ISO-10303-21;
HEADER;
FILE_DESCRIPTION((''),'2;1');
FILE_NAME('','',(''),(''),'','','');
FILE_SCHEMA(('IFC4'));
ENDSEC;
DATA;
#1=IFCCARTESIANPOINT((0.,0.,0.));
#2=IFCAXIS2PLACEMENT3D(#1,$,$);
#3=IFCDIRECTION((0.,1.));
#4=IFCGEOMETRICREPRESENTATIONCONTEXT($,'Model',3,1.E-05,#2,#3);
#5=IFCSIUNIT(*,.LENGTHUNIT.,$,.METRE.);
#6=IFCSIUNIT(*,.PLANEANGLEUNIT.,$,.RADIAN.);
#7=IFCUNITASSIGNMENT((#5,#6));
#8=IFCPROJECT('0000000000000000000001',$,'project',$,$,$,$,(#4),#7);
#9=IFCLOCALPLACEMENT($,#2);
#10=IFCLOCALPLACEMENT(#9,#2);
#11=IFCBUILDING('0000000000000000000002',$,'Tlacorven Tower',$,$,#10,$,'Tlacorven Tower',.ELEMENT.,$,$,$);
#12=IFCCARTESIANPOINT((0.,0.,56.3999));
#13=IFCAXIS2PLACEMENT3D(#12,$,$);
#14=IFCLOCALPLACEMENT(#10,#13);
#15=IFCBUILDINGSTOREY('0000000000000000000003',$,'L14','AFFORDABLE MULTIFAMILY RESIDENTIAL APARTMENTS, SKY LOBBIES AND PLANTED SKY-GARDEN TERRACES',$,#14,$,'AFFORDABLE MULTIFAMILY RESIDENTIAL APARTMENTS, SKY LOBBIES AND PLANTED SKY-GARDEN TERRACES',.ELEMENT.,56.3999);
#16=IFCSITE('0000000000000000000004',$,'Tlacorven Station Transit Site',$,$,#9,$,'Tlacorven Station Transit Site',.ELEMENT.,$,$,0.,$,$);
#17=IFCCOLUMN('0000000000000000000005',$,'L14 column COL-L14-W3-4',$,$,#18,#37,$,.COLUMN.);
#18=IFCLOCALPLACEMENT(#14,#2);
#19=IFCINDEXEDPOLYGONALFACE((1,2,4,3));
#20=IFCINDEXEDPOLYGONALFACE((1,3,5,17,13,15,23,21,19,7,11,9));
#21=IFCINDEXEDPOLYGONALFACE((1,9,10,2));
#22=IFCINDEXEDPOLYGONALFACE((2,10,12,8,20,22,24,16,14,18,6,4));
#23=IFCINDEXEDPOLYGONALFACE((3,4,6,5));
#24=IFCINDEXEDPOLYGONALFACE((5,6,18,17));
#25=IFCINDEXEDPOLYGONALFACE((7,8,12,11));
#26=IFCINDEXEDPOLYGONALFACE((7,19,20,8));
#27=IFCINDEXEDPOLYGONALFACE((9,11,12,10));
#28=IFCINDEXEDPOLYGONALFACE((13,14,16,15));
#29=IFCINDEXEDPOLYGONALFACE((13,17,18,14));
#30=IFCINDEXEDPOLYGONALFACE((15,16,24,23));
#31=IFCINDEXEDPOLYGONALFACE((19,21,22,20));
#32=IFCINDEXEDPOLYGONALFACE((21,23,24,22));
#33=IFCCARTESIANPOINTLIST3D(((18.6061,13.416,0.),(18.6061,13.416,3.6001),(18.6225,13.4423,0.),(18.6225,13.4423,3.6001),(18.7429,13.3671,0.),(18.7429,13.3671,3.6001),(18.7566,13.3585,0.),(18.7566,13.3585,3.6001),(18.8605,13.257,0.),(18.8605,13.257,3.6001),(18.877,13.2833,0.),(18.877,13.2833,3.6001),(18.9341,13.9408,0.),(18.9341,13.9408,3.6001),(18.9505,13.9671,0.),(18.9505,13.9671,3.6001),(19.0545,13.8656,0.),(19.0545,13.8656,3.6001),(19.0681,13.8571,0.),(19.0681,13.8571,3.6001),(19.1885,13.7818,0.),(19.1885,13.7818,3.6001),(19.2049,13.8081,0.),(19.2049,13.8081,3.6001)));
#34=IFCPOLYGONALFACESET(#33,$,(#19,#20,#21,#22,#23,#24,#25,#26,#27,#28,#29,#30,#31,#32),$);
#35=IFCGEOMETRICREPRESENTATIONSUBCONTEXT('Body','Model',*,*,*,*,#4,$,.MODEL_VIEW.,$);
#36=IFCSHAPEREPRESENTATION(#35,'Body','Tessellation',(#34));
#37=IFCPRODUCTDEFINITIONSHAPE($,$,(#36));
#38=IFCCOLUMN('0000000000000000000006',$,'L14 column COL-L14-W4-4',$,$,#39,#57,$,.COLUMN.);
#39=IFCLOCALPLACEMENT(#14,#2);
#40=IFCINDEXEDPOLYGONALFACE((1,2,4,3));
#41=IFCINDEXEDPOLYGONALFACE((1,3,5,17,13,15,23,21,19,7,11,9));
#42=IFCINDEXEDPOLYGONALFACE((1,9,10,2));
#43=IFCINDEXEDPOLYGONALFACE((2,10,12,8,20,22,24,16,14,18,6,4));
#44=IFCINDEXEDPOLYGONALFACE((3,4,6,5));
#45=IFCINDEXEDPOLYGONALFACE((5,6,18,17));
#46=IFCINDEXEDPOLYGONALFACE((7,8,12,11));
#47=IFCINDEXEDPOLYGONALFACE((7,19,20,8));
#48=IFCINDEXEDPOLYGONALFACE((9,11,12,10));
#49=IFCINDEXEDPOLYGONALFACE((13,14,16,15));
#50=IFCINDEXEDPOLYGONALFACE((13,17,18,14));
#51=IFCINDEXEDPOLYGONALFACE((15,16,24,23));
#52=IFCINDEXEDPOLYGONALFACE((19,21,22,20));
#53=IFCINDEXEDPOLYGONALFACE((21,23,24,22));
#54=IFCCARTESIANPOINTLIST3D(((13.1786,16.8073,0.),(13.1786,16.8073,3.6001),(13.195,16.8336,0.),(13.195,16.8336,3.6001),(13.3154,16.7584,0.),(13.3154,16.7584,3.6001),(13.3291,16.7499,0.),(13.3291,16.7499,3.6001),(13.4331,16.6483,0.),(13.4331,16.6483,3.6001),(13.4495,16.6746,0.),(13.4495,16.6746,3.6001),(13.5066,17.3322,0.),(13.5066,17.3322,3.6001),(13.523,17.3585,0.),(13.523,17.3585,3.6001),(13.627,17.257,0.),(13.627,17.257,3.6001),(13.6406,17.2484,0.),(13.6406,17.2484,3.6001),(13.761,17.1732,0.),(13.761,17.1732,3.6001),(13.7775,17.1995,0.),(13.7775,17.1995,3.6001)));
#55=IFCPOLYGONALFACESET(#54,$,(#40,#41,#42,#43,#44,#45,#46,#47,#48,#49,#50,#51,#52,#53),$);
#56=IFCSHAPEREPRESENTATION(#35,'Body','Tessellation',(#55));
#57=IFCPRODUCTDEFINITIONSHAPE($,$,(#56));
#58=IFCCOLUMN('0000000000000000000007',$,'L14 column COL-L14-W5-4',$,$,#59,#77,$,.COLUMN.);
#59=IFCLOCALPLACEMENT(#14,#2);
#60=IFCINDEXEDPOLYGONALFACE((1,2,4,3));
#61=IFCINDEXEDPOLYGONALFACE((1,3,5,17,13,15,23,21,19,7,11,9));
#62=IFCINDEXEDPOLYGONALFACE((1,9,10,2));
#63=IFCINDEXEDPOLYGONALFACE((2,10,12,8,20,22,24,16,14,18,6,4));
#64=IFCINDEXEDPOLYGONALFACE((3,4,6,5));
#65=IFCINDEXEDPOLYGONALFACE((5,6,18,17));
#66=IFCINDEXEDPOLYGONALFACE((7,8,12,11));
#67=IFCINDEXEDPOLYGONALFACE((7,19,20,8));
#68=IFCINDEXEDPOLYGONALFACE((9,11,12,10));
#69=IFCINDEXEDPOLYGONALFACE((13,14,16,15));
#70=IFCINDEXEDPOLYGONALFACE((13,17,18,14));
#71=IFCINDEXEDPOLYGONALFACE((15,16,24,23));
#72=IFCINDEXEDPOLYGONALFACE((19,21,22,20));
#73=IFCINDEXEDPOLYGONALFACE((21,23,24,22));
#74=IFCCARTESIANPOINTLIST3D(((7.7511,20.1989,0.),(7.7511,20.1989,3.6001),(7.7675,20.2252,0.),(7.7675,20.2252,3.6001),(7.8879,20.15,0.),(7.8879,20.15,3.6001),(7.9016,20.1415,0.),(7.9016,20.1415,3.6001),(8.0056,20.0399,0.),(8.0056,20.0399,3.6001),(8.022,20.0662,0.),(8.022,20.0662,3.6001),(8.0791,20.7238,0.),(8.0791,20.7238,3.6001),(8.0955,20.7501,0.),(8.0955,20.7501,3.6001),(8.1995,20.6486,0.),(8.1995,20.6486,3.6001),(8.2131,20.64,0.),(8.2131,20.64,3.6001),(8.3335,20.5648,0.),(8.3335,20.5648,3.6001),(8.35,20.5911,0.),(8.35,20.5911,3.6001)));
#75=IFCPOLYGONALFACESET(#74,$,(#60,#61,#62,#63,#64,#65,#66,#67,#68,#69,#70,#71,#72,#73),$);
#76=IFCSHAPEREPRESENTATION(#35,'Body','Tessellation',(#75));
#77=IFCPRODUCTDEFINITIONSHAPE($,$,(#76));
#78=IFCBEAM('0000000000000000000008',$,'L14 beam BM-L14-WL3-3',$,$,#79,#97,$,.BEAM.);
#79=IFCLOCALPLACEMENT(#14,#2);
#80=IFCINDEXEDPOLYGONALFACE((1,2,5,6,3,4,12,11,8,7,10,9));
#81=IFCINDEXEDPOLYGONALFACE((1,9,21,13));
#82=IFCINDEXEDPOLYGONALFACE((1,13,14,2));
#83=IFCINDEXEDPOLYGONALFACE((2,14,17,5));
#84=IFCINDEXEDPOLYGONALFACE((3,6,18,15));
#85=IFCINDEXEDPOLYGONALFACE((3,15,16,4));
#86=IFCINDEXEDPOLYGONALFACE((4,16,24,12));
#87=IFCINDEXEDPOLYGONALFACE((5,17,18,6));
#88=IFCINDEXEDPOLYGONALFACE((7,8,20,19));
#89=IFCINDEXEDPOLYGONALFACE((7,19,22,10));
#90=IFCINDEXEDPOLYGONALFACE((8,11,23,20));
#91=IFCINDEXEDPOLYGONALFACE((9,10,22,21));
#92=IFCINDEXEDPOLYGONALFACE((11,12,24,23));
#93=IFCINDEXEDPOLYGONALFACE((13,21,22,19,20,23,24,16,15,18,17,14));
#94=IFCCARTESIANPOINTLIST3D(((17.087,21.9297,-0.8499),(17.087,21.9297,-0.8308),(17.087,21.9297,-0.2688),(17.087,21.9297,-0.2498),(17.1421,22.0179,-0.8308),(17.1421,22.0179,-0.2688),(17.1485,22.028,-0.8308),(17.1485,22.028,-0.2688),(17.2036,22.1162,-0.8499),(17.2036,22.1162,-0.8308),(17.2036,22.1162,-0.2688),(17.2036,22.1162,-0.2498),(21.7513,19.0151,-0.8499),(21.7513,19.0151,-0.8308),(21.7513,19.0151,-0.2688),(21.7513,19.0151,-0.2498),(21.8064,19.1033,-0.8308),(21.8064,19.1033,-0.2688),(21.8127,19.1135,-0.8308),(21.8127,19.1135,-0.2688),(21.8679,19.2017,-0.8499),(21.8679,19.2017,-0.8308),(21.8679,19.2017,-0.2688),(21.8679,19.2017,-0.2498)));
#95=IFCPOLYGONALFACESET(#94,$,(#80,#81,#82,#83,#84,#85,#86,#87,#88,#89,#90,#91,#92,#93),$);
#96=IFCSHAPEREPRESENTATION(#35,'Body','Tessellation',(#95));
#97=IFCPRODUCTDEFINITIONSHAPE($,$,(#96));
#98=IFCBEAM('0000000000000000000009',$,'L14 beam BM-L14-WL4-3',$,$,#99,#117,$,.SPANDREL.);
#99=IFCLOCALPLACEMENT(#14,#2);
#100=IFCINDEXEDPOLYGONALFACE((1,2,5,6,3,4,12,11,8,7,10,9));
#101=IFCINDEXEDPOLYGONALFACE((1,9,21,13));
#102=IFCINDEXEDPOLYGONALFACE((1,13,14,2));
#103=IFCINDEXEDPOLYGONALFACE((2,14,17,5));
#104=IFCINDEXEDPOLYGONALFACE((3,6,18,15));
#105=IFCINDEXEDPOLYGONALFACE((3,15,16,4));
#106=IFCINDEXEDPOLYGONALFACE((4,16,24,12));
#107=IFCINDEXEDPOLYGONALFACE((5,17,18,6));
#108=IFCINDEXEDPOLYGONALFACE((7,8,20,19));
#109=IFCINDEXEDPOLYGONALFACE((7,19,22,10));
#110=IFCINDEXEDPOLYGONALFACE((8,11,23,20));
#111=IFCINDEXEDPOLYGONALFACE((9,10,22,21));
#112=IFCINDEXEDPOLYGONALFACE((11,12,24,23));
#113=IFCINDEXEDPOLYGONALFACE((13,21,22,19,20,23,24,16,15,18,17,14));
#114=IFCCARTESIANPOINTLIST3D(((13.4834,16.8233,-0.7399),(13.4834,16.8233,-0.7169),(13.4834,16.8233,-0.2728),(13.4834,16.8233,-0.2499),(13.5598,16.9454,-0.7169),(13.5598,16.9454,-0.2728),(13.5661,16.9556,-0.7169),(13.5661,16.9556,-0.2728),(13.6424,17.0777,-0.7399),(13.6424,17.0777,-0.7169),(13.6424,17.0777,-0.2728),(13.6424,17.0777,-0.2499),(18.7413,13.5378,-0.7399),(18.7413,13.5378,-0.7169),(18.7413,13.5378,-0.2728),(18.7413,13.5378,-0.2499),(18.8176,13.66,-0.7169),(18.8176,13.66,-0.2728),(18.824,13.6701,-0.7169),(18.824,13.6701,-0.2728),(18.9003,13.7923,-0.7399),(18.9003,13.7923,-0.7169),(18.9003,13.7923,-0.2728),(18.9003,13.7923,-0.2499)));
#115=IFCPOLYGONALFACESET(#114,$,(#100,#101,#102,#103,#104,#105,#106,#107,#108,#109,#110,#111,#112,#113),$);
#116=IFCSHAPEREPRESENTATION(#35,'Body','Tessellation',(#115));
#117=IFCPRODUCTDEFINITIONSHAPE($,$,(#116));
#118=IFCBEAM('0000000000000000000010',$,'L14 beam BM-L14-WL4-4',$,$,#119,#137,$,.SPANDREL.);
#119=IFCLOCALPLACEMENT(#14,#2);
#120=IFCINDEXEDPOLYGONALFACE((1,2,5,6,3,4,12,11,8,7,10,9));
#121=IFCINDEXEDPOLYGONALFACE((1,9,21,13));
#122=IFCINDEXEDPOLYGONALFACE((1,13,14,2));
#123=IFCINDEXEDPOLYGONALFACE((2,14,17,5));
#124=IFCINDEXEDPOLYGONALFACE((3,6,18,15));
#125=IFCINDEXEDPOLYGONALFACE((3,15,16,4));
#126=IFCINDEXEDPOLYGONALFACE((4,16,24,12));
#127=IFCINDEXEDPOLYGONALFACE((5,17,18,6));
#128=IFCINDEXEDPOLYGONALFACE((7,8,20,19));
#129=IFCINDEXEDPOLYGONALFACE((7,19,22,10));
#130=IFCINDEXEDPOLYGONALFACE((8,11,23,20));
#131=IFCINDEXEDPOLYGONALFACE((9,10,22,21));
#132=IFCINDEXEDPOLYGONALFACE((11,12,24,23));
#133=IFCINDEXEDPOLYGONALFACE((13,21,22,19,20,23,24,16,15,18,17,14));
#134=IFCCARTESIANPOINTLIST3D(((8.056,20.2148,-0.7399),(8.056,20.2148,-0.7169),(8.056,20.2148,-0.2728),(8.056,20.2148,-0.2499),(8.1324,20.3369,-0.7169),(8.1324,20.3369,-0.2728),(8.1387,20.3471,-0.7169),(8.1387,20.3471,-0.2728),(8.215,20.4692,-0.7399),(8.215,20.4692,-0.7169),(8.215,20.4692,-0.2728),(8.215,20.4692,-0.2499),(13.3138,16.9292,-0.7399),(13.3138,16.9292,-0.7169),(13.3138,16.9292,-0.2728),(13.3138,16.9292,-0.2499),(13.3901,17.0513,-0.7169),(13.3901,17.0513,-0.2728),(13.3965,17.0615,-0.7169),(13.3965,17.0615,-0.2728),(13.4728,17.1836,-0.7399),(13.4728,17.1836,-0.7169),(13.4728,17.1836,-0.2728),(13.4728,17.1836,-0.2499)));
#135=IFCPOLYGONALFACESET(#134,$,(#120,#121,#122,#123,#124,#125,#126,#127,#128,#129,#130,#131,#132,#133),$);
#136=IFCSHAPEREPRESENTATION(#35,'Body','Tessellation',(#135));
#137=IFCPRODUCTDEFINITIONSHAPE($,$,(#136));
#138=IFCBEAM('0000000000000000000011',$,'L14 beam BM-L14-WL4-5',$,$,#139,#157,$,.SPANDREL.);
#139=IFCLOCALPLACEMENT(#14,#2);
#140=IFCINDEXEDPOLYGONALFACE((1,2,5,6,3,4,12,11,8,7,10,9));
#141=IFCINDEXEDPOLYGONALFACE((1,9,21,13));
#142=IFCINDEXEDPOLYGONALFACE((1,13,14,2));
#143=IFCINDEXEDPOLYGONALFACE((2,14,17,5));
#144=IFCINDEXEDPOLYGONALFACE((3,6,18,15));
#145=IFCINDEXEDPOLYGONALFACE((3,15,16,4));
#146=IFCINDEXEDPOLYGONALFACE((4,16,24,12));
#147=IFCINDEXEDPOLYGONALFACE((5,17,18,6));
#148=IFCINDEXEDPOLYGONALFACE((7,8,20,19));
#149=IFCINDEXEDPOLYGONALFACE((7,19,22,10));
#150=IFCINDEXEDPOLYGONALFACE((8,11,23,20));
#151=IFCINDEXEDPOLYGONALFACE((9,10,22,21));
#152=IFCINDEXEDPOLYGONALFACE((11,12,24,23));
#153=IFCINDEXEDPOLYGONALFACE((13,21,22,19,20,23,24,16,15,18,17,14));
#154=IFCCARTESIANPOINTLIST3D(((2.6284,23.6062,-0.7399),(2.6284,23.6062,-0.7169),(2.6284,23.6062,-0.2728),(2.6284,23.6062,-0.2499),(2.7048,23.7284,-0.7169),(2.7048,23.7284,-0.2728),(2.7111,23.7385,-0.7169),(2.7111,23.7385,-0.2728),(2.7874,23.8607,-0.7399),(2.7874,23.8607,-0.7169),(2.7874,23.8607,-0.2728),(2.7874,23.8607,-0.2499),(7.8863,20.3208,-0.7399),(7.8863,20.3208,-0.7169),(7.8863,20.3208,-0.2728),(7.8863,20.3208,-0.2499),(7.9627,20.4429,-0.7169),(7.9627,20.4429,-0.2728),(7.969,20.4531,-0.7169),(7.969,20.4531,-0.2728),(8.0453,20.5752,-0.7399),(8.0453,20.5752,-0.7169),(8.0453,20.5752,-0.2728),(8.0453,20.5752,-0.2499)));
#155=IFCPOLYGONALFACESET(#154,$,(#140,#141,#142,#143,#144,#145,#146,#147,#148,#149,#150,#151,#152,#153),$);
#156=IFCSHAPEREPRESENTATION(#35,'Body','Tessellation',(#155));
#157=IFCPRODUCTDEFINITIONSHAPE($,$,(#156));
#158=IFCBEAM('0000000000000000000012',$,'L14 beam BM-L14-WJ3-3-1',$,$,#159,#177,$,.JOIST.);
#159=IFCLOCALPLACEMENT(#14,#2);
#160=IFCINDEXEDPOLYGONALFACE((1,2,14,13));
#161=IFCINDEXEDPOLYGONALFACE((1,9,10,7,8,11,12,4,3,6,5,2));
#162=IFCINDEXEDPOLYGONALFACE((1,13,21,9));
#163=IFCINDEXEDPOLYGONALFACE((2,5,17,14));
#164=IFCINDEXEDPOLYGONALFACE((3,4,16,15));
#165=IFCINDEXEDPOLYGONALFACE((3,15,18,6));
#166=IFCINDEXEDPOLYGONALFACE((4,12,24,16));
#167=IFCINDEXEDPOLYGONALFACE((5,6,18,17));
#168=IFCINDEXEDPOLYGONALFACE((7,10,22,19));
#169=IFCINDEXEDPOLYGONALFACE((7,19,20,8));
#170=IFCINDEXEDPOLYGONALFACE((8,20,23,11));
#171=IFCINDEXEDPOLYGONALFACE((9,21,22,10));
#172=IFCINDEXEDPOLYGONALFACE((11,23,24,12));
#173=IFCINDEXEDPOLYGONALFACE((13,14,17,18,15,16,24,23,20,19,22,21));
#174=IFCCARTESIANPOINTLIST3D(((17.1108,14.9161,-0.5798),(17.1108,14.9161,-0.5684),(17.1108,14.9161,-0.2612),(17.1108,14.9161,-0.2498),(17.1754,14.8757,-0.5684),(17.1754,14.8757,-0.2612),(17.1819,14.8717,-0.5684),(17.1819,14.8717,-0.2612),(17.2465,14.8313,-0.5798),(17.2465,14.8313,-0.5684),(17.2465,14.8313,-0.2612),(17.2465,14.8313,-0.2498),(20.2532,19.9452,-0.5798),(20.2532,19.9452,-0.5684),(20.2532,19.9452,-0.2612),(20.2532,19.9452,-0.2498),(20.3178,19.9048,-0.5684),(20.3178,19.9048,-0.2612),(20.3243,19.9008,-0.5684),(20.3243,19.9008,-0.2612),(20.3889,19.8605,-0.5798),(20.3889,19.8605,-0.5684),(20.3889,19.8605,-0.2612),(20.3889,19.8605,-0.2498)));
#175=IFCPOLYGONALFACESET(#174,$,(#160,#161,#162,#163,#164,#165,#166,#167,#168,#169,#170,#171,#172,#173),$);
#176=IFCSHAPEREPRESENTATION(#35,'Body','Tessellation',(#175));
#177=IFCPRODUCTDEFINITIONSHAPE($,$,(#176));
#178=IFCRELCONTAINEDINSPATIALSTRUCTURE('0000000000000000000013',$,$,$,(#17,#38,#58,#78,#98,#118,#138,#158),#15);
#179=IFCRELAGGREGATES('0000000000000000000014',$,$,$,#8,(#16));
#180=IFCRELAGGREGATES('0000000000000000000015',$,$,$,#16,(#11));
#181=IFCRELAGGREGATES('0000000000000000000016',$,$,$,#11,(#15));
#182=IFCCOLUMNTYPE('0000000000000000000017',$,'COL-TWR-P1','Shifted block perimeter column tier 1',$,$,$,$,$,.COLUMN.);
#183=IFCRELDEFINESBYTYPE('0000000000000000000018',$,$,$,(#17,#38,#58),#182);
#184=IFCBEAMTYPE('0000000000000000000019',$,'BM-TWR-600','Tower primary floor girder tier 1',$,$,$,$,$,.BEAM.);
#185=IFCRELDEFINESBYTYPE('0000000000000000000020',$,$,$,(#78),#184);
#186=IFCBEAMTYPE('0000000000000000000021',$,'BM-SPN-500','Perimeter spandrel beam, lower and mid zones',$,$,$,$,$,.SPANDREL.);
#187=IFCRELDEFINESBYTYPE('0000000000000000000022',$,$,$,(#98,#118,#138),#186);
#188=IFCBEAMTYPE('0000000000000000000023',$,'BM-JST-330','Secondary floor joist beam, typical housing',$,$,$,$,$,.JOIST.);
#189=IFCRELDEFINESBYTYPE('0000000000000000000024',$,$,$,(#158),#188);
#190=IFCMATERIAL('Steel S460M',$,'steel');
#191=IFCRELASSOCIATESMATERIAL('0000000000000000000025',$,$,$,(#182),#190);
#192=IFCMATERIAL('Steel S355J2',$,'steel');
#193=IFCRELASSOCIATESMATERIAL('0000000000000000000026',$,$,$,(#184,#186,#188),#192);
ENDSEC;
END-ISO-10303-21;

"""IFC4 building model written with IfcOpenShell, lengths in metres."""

from ifc_helpers import new_model, si_unit, direction, frame, origin, origin_2d, place, context, subcontext, project, spatial, i_section, extrude, source, transform, mapped, material, material_profile, profile_set, type_object, element, save


model = new_model("IFC4")

# Units and contexts
model_context = context("Model", 3, precision=1e-05, world=origin(), true_north=direction((0.0, 1.0)))
body_context = subcontext(model_context, "Body", "Model", "MODEL_VIEW")
ifc_project = project(units=[si_unit("LENGTHUNIT", "METRE"), si_unit("PLANEANGLEUNIT", "RADIAN")], contexts=[model_context])

# Site, building, storey
site_placement = place(None, origin())
site = spatial("IfcSite", under=ifc_project, at=site_placement, Name="Tlacorven Station Transit Site", LongName="Tlacorven Station Transit Site", CompositionType="ELEMENT", RefElevation=0.0)
building_placement = place(site_placement, origin())
building = spatial("IfcBuilding", under=site, at=building_placement, Name="Tlacorven Tower", LongName="Tlacorven Tower", CompositionType="ELEMENT")
storey_placement = place(building_placement, frame((0.0, 0.0, 56.3999)))
storey = spatial("IfcBuildingStorey", under=building, at=storey_placement, Name="L14", Description="AFFORDABLE MULTIFAMILY RESIDENTIAL APARTMENTS, SKY LOBBIES AND PLANTED SKY-GARDEN TERRACES", LongName="AFFORDABLE MULTIFAMILY RESIDENTIAL APARTMENTS, SKY LOBBIES AND PLANTED SKY-GARDEN TERRACES", CompositionType="ELEMENT", Elevation=56.3999)

# Columns
ifc_material_1 = material(Name="Steel S460M", Category="steel")
ifc_material_profile_1 = material_profile(ifc_material_1, i_section(OverallWidth=0.3, OverallDepth=0.6499, WebThickness=0.0161, FlangeThickness=0.031, at=origin_2d()), Name="HEB 650")
ifc_profile_set_1 = profile_set([ifc_material_profile_1], Name="Steel S460M")
column_type = type_object("IfcColumnType", Name="COL-TWR-P1", Description="Shifted block perimeter column tier 1", PredefinedType="COLUMN", material=ifc_profile_set_1)
shared_shape_1 = source(origin(), body_context, "Body", "SweptSolid", [
    extrude(i_section(OverallWidth=0.3, OverallDepth=0.6499, WebThickness=0.0161, FlangeThickness=0.031, at=origin_2d()), origin(), (0.0, 0.0, 1.0), 3.6001),
])
for number, where, z_axis, x_axis, name in (
    (1, (18.9055, 13.6121, 0.0), (0.0, 0.0, 1.0), (-0.848048, 0.529919, 0.0), "L14 column COL-L14-W3-4"),
    (2, (13.478, 17.0034, 0.0), (0.0, 0.0, 1.0), (-0.848048, 0.529919, 0.0), "L14 column COL-L14-W4-4"),
    (3, (8.0505, 20.395, 0.0), (0.0, 0.0, 1.0), (-0.848048, 0.529919, 0.0), "L14 column COL-L14-W5-4"),
):
    element("IfcColumn", number, at=place(storey_placement, frame(where, z_axis=z_axis, x_axis=x_axis)), inside=storey, type_object=column_type, Name=name, PredefinedType="COLUMN", context=body_context, shape_type="MappedRepresentation", body=[
        mapped(shared_shape_1, transform((0.0, 0.0, 0.0), scale=1.0)),
    ])

# Beams
ifc_material_2 = material(Name="Steel S355J2", Category="steel")
ifc_material_profile_2 = material_profile(ifc_material_2, i_section(OverallWidth=0.22, OverallDepth=0.6001, WebThickness=0.012, FlangeThickness=0.019, at=origin_2d()), Name="IPE 600")
ifc_profile_set_2 = profile_set([ifc_material_profile_2], Name="Steel S355J2")
beam_type_1 = type_object("IfcBeamType", Name="BM-TWR-600", Description="Tower primary floor girder tier 1", PredefinedType="BEAM", material=ifc_profile_set_2)
shared_shape_2 = source(origin(), body_context, "Body", "SweptSolid", [
    extrude(i_section(OverallWidth=0.22, OverallDepth=0.6001, WebThickness=0.012, FlangeThickness=0.019, at=origin_2d()), origin(), (0.0, 0.0, 1.0), 5.5),
])
beam_1_placement = place(storey_placement, frame((21.8096, 19.1084, -0.5498), z_axis=(-0.848051, 0.529915, 0.0), x_axis=(-0.529915, -0.848051, 0.0)))
element("IfcBeam", 4, at=beam_1_placement, inside=storey, type_object=beam_type_1, Name="L14 beam BM-L14-WL3-3", PredefinedType="BEAM", context=body_context, shape_type="MappedRepresentation", body=[
    mapped(shared_shape_2, transform((0.0, 0.0, 0.0), scale=1.0)),
])
ifc_material_profile_3 = material_profile(ifc_material_2, i_section(OverallWidth=0.3, OverallDepth=0.49, WebThickness=0.012, FlangeThickness=0.0229, at=origin_2d()), Name="HEA 500")
ifc_profile_set_3 = profile_set([ifc_material_profile_3], Name="Steel S355J2")
beam_type_2 = type_object("IfcBeamType", Name="BM-SPN-500", Description="Perimeter spandrel beam, lower and mid zones", PredefinedType="SPANDREL", material=ifc_profile_set_3)
shared_shape_3 = source(origin(), body_context, "Body", "SweptSolid", [
    extrude(i_section(OverallWidth=0.3, OverallDepth=0.49, WebThickness=0.012, FlangeThickness=0.0229, at=origin_2d()), origin(), (0.0, 0.0, 1.0), 6.2),
])
for number, where, z_axis, x_axis, name in (
    (5, (18.8208, 13.665, -0.4949), (-0.848051, 0.529914, 0.0), (-0.529914, -0.848051, 0.0), "L14 beam BM-L14-WL4-3"),
    (6, (13.3933, 17.0564, -0.4949), (-0.848034, 0.529942, 0.0), (-0.529942, -0.848034, 0.0), "L14 beam BM-L14-WL4-4"),
    (7, (7.9658, 20.448, -0.4949), (-0.848051, 0.529914, 0.0), (-0.529914, -0.848051, 0.0), "L14 beam BM-L14-WL4-5"),
):
    element("IfcBeam", number, at=place(storey_placement, frame(where, z_axis=z_axis, x_axis=x_axis)), inside=storey, type_object=beam_type_2, Name=name, PredefinedType="SPANDREL", context=body_context, shape_type="MappedRepresentation", body=[
        mapped(shared_shape_3, transform((0.0, 0.0, 0.0), scale=1.0)),
    ])
ifc_material_profile_4 = material_profile(ifc_material_2, i_section(OverallWidth=0.1599, OverallDepth=0.3301, WebThickness=0.0076, FlangeThickness=0.0115, at=origin_2d()), Name="IPE 330")
ifc_profile_set_4 = profile_set([ifc_material_profile_4], Name="Steel S355J2")
beam_type_3 = type_object("IfcBeamType", Name="BM-JST-330", Description="Secondary floor joist beam, typical housing", PredefinedType="JOIST", material=ifc_profile_set_4)
shared_shape_4 = source(origin(), body_context, "Body", "SweptSolid", [
    extrude(i_section(OverallWidth=0.1599, OverallDepth=0.3301, WebThickness=0.0076, FlangeThickness=0.0115, at=origin_2d()), origin(), (0.0, 0.0, 1.0), 5.9302),
])
beam_2_placement = place(storey_placement, frame((20.321, 19.9028, -0.4148), z_axis=(-0.529899, -0.848061, 0.0), x_axis=(0.848061, -0.529899, 0.0)))
element("IfcBeam", 8, at=beam_2_placement, inside=storey, type_object=beam_type_3, Name="L14 beam BM-L14-WJ3-3-1", PredefinedType="JOIST", context=body_context, shape_type="MappedRepresentation", body=[
    mapped(shared_shape_4, transform((0.0, 0.0, 0.0), scale=1.0)),
])

save(model, "model.ifc")
